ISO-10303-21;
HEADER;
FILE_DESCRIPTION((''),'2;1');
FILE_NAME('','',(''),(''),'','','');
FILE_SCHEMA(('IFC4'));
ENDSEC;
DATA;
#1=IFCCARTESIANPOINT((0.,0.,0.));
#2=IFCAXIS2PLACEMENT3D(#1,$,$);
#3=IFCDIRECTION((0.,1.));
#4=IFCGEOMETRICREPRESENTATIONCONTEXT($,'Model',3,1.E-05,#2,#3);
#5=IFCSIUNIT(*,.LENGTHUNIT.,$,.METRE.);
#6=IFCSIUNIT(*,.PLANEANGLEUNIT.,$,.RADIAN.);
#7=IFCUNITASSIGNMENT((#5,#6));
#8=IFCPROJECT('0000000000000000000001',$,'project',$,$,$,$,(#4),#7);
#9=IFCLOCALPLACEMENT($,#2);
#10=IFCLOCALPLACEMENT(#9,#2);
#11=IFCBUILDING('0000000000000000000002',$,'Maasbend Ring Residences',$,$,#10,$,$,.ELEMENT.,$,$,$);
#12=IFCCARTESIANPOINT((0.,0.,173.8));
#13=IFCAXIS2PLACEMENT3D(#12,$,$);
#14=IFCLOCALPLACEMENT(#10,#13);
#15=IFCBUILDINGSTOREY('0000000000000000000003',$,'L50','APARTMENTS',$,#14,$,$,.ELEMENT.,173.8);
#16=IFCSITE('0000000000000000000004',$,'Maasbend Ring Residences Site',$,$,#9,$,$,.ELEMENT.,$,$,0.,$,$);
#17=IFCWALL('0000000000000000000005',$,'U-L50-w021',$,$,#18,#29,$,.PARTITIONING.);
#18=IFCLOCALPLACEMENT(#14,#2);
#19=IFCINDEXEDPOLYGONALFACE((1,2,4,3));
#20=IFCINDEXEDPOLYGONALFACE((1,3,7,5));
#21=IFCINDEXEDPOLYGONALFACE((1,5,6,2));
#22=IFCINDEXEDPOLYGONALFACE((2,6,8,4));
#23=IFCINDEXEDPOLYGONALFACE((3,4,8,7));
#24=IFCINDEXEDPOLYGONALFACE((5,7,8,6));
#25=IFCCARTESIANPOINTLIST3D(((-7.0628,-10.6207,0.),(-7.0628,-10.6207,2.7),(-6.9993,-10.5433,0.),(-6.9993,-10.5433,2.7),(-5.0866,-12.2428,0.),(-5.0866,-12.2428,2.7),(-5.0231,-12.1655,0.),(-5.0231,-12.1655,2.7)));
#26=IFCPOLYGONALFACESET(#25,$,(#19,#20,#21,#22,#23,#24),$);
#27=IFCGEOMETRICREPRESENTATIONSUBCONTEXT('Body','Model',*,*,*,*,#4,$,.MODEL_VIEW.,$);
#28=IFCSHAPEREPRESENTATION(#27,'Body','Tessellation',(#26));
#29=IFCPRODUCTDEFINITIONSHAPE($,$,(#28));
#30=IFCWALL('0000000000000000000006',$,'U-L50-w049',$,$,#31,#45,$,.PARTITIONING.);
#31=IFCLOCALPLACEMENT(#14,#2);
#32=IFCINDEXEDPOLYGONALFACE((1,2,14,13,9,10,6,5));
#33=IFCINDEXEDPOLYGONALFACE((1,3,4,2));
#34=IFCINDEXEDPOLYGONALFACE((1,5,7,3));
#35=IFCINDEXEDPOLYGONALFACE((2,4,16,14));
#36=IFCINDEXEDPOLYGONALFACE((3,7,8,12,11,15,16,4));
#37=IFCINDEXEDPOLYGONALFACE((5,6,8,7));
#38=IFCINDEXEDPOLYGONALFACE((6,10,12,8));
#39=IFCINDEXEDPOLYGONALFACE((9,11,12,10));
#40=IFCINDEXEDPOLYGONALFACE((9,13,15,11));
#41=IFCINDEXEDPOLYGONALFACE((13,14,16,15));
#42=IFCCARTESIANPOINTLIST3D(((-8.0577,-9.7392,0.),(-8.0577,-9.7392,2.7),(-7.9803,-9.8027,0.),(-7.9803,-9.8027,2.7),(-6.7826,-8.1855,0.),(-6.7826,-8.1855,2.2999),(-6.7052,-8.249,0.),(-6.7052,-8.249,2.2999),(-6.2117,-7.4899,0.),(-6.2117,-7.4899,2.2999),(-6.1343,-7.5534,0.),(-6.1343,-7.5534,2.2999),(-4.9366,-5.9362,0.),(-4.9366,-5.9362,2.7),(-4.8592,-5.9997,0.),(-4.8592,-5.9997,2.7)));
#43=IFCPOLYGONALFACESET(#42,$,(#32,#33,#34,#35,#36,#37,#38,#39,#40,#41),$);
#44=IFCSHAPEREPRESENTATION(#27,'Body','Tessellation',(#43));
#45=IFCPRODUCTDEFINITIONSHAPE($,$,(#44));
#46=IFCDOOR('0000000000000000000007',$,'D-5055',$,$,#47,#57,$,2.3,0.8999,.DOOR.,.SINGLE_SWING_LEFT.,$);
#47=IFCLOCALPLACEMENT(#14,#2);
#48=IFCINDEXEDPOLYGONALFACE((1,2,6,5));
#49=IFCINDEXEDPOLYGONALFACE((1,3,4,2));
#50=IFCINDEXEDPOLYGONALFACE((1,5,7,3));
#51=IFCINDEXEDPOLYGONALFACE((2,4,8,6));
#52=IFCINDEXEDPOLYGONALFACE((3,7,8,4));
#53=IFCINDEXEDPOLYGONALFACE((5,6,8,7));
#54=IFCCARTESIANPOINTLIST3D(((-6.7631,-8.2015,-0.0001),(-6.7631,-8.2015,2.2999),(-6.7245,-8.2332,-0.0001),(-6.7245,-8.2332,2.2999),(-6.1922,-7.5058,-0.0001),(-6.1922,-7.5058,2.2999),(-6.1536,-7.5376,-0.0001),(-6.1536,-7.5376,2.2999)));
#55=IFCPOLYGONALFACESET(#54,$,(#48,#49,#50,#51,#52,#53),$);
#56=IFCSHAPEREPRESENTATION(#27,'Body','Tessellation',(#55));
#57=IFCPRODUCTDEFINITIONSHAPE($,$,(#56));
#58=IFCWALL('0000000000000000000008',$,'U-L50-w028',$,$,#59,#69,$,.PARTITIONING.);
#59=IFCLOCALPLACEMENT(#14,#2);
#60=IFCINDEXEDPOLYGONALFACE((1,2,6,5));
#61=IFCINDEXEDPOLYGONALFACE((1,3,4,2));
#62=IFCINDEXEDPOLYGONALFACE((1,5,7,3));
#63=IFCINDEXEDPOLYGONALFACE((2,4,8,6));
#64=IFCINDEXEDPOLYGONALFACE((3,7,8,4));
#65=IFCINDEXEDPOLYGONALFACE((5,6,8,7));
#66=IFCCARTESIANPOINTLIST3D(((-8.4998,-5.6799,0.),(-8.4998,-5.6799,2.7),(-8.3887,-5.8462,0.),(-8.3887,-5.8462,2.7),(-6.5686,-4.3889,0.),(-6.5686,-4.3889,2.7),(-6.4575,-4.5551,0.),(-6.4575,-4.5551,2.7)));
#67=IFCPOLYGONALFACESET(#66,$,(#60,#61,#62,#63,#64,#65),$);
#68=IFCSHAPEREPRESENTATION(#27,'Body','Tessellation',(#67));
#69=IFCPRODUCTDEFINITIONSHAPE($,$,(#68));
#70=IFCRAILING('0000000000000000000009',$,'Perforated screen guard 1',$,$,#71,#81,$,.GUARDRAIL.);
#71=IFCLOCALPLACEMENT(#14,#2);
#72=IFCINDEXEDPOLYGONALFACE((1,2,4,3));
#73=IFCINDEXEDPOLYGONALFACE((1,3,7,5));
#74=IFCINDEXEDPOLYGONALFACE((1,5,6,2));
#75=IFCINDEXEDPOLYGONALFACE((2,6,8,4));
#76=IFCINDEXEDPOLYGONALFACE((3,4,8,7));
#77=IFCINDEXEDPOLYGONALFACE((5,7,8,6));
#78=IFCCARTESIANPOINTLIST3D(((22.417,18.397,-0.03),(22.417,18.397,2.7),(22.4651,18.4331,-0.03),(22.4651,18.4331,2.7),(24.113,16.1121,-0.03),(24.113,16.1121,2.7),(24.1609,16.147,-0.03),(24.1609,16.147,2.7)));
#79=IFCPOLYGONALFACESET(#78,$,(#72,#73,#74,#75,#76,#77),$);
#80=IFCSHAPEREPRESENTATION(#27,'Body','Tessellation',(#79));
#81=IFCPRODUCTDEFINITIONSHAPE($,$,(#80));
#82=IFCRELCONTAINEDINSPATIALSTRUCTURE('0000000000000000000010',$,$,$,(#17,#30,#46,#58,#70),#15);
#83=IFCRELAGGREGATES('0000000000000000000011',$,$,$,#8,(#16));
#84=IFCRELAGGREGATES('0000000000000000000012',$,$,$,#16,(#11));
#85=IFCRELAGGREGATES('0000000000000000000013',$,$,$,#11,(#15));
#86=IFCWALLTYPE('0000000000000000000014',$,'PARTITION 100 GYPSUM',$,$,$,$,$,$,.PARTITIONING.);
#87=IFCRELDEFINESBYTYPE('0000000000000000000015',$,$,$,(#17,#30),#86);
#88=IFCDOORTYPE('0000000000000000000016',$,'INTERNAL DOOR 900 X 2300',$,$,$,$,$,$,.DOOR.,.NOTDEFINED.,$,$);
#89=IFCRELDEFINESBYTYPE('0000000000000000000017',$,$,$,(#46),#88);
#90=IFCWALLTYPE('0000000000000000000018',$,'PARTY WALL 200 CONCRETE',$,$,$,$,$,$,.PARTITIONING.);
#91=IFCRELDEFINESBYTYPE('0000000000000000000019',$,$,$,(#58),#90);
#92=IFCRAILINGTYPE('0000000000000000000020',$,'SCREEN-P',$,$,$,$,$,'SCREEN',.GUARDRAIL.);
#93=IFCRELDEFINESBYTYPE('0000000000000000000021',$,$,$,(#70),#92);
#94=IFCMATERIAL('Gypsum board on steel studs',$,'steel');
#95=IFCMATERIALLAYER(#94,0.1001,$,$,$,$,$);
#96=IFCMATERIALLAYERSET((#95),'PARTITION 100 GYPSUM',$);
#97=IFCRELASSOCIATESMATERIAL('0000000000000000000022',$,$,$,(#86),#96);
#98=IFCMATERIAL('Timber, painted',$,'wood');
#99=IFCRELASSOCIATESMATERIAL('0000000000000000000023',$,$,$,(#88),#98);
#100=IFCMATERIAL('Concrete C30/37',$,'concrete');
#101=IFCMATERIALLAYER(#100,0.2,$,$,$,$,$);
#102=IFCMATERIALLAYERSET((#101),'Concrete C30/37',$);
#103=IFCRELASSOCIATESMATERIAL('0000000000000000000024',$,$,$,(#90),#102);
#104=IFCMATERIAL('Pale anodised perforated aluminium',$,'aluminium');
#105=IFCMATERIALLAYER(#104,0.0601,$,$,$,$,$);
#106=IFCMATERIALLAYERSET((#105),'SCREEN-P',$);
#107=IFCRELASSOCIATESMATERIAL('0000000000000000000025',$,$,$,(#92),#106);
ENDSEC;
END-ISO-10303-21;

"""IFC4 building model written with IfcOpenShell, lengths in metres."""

from ifc_helpers import new_model, si_unit, direction, frame, frame_2d, origin, place, context, subcontext, project, spatial, polyline, rectangle, outline, extrude, material, layer, layer_set, type_object, element, fill, save


model = new_model("IFC4")

# Units and contexts
model_context = context("Model", 3, precision=1e-05, world=origin(), true_north=direction((0.0, 1.0)))
body_context = subcontext(model_context, "Body", "Model", "MODEL_VIEW")
ifc_project = project(units=[si_unit("LENGTHUNIT", "METRE"), si_unit("PLANEANGLEUNIT", "RADIAN")], contexts=[model_context])

# Site, building, storey
site_placement = place(None, origin())
site = spatial("IfcSite", under=ifc_project, at=site_placement, Name="Maasbend Ring Residences Site", CompositionType="ELEMENT", RefElevation=0.0)
building_placement = place(site_placement, origin())
building = spatial("IfcBuilding", under=site, at=building_placement, Name="Maasbend Ring Residences", CompositionType="ELEMENT")
storey_placement = place(building_placement, frame((0.0, 0.0, 173.8)))
storey = spatial("IfcBuildingStorey", under=building, at=storey_placement, Name="L50", Description="APARTMENTS", CompositionType="ELEMENT", Elevation=173.8)

# Wall
ifc_material_1 = material(Name="Gypsum board on steel studs", Category="steel")
ifc_layer_1 = layer(ifc_material_1, 0.1001)
ifc_layer_set_1 = layer_set([ifc_layer_1], Name="PARTITION 100 GYPSUM")
wall_type_1 = type_object("IfcWallType", Name="PARTITION 100 GYPSUM", PredefinedType="PARTITIONING", material=ifc_layer_set_1)
wall_1_placement = place(storey_placement, frame((-7.031, -10.582, 0.0), z_axis=(0.0, 0.0, 1.0), x_axis=(0.772944, -0.634475, 0.0)))
element("IfcWall", 1, at=wall_1_placement, inside=storey, type_object=wall_type_1, Name="U-L50-w021", PredefinedType="PARTITIONING", context=body_context, shape_type="SweptSolid", body=[
    extrude(rectangle(XDim=2.5566, YDim=0.1001, at=frame_2d((1.2783, 0.0))), origin(), (0.0, 0.0, 1.0), 2.7),
])

# Wall, opening, door
wall_2_placement = place(storey_placement, frame((-8.019, -9.771, 0.0), z_axis=(0.0, 0.0, 1.0), x_axis=(0.634402, 0.773003, 0.0)))
wall_2 = element("IfcWall", 2, at=wall_2_placement, inside=storey, type_object=wall_type_1, Name="U-L50-w049", PredefinedType="PARTITIONING", context=body_context, shape_type="SweptSolid", body=[
    extrude(rectangle(XDim=4.9197, YDim=0.1001, at=frame_2d((2.46, 0.0))), origin(), (0.0, 0.0, 1.0), 2.7),
])
opening_placement = place(wall_2_placement, frame((2.01, 0.0, 0.0)))
opening = element("IfcOpeningElement", 3, at=opening_placement, cuts=wall_2, PredefinedType="OPENING", context=body_context, shape_type="SweptSolid", body=[
    extrude(rectangle(XDim=0.8999, YDim=2.3, at=frame_2d((0.45, 1.1499))), frame((0.0, 0.0601, 0.0), z_axis=(0.0, -1.0, 0.0), x_axis=(1.0, 0.0, 0.0)), (0.0, 0.0, 1.0), 0.1201),
])
ifc_material_2 = material(Name="Timber, painted", Category="wood")
door_type = type_object("IfcDoorType", Name="INTERNAL DOOR 900 X 2300", OperationType="NOTDEFINED", PredefinedType="DOOR", material=ifc_material_2)
door_placement = place(opening_placement, origin())
door = element("IfcDoor", 4, at=door_placement, inside=storey, type_object=door_type, Name="D-5055", OperationType="SINGLE_SWING_LEFT", OverallHeight=2.3, OverallWidth=0.8999, PredefinedType="DOOR", context=body_context, shape_type="SweptSolid", body=[
    extrude(rectangle(XDim=0.8999, YDim=2.3, at=frame_2d((0.45, 1.1499))), frame((0.0, 0.0249, 0.0), z_axis=(0.0, -1.0, 0.0), x_axis=(1.0, 0.0, 0.0)), (0.0, 0.0, 1.0), 0.05),
])
fill(opening, door)

# Wall
ifc_material_3 = material(Name="Concrete C30/37", Category="concrete")
ifc_layer_2 = layer(ifc_material_3, 0.2)
ifc_layer_set_2 = layer_set([ifc_layer_2], Name="Concrete C30/37")
wall_type_2 = type_object("IfcWallType", Name="PARTY WALL 200 CONCRETE", PredefinedType="PARTITIONING", material=ifc_layer_set_2)
wall_3_placement = place(storey_placement, frame((-6.5129, -4.4719, 0.0), z_axis=(0.0, 0.0, 1.0), x_axis=(-0.831338, -0.555767, 0.0)))
element("IfcWall", 5, at=wall_3_placement, inside=storey, type_object=wall_type_2, Name="U-L50-w028", PredefinedType="PARTITIONING", context=body_context, shape_type="SweptSolid", body=[
    extrude(rectangle(XDim=2.323, YDim=0.2, at=frame_2d((1.1616, 0.0))), origin(), (0.0, 0.0, 1.0), 2.7),
])

# Railing
ifc_material_4 = material(Name="Pale anodised perforated aluminium", Category="aluminium")
ifc_layer_3 = layer(ifc_material_4, 0.0601)
ifc_layer_set_3 = layer_set([ifc_layer_3], Name="SCREEN-P")
railing_type = type_object("IfcRailingType", Name="SCREEN-P", ElementType="SCREEN", PredefinedType="GUARDRAIL", material=ifc_layer_set_3)
railing_placement = place(storey_placement, frame((0.0, 0.0, -0.03)))
element("IfcRailing", 6, at=railing_placement, inside=storey, type_object=railing_type, Name="Perforated screen guard 1", PredefinedType="GUARDRAIL", context=body_context, shape_type="SweptSolid", body=[
    extrude(outline(polyline([(24.113, 16.1121), (22.417, 18.397), (22.4651, 18.4331), (24.1609, 16.147), (24.113, 16.1121)])), origin(), (0.0, 0.0, 1.0), 2.73),
])

save(model, "model.ifc")
